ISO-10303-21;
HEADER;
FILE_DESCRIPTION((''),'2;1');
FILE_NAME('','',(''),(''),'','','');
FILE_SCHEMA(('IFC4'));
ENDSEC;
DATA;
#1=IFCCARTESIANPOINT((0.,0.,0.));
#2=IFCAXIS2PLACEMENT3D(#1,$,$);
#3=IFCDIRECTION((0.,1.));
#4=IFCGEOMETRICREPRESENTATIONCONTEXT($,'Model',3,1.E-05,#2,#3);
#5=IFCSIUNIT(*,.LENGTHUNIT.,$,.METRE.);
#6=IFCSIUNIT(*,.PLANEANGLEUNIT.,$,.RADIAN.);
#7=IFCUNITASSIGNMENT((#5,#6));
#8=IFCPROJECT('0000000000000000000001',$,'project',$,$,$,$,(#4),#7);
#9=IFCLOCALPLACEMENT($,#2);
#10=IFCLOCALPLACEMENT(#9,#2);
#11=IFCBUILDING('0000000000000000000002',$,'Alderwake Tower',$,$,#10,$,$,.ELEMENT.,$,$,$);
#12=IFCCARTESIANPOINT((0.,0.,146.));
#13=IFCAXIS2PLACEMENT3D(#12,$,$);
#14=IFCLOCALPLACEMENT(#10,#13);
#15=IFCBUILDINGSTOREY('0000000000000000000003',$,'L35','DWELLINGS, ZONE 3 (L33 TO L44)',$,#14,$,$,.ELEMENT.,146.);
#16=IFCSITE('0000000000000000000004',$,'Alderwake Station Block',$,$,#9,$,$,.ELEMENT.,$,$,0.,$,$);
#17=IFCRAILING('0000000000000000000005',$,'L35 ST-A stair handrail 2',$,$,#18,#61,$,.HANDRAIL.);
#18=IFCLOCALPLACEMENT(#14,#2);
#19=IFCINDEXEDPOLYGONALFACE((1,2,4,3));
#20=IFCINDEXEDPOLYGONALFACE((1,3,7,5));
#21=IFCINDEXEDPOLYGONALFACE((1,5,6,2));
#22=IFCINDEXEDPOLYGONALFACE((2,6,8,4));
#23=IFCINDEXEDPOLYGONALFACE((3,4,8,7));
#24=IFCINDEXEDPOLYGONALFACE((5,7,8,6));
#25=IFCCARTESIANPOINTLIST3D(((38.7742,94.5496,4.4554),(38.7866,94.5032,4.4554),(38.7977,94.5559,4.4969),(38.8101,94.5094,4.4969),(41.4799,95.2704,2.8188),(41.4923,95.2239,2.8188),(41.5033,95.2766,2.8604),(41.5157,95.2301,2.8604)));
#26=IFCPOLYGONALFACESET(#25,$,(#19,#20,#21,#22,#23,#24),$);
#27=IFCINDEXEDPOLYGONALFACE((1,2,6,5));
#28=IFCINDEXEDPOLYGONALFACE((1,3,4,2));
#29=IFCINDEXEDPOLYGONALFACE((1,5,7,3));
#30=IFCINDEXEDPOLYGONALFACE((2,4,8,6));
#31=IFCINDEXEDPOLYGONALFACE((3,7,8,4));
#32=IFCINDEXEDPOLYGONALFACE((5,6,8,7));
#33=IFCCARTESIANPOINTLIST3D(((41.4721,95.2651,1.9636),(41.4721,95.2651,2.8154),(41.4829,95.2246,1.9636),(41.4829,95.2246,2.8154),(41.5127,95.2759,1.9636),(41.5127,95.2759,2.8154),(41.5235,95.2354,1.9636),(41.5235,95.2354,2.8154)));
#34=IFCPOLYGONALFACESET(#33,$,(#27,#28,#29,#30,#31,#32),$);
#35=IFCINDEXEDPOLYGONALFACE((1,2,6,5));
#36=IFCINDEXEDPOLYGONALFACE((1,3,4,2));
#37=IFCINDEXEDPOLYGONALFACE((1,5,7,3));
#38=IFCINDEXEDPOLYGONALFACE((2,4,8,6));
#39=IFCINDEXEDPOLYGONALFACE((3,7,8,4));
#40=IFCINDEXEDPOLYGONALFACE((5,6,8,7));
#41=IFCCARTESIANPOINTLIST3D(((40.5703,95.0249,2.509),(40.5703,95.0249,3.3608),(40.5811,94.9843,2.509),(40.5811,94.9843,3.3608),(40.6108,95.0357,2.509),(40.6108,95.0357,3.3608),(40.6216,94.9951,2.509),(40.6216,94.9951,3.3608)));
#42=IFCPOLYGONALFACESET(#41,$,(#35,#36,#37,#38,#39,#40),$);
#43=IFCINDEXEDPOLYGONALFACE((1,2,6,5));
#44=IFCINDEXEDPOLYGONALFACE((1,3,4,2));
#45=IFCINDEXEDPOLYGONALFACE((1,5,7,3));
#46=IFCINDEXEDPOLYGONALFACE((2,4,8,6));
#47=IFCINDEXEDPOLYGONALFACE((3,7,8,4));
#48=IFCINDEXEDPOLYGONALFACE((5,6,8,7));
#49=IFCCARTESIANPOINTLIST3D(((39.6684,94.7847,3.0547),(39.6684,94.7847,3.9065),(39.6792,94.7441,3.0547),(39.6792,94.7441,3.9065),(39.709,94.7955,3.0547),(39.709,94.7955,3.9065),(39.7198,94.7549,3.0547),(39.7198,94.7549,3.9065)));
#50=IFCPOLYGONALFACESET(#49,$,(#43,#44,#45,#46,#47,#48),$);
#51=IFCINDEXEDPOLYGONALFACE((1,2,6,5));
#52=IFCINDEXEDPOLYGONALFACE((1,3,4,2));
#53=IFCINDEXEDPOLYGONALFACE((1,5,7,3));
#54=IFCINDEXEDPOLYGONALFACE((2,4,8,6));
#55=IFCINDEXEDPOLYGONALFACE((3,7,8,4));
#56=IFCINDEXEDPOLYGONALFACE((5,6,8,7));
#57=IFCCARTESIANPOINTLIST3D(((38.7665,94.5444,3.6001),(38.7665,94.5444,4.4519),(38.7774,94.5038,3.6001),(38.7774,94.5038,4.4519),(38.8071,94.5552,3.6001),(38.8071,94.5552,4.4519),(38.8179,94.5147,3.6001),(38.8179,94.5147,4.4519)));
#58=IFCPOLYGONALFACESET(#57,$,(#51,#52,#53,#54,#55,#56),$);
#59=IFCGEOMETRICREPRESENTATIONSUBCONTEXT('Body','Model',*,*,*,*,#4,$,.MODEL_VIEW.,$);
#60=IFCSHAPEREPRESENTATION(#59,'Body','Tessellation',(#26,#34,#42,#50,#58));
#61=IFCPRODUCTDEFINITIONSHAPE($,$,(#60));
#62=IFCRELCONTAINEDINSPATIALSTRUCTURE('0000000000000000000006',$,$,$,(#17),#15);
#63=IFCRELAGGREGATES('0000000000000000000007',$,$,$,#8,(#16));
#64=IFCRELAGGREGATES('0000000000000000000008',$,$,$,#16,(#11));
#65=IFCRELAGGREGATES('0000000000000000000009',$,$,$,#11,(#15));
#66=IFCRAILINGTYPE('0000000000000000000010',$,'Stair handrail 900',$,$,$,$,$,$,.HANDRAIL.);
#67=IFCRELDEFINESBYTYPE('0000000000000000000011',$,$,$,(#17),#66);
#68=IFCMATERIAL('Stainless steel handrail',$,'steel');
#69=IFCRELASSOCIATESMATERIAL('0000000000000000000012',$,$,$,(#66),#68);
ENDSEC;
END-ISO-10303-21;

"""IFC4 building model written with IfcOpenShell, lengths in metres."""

from ifc_helpers import new_model, si_unit, direction, frame, origin, origin_2d, place, context, subcontext, project, spatial, rectangle, extrude, material, type_object, element, save


model = new_model("IFC4")

# Units and contexts
model_context = context("Model", 3, precision=1e-05, world=origin(), true_north=direction((0.0, 1.0)))
body_context = subcontext(model_context, "Body", "Model", "MODEL_VIEW")
ifc_project = project(units=[si_unit("LENGTHUNIT", "METRE"), si_unit("PLANEANGLEUNIT", "RADIAN")], contexts=[model_context])

# Site, building, storey
site_placement = place(None, origin())
site = spatial("IfcSite", under=ifc_project, at=site_placement, Name="Alderwake Station Block", CompositionType="ELEMENT", RefElevation=0.0)
building_placement = place(site_placement, origin())
building = spatial("IfcBuilding", under=site, at=building_placement, Name="Alderwake Tower", CompositionType="ELEMENT")
storey_placement = place(building_placement, frame((0.0, 0.0, 146.0)))
storey = spatial("IfcBuildingStorey", under=building, at=storey_placement, Name="L35", Description="DWELLINGS, ZONE 3 (L33 TO L44)", CompositionType="ELEMENT", Elevation=146.0)

# Railing
ifc_material_1 = material(Name="Stainless steel handrail", Category="steel")
railing_type_1 = type_object("IfcRailingType", Name="Stair handrail 900", PredefinedType="HANDRAIL", material=ifc_material_1)
railing_1_placement = place(storey_placement, frame((41.4978, 95.2502, 1.9636)))
element("IfcRailing", 1, at=railing_1_placement, inside=storey, type_object=railing_type_1, Name="L35 ST-A stair handrail 2", PredefinedType="HANDRAIL", context=body_context, shape_type="SweptSolid", body=[
    extrude(rectangle(XDim=0.0481, YDim=0.0481, at=origin_2d()), frame((0.0, 0.0, 0.876), z_axis=(-0.834259, -0.222228, 0.504605), x_axis=(0.257402, -0.966304, 0.0)), (0.0, 0.0, 1.0), 3.2432),
    extrude(rectangle(XDim=0.042, YDim=0.042, at=origin_2d()), frame((0.0, 0.0, 0.0), z_axis=(0.0, 0.0, 1.0), x_axis=(-0.966304, -0.257402, 0.0)), (0.0, 0.0, 1.0), 0.8518),
    extrude(rectangle(XDim=0.042, YDim=0.042, at=origin_2d()), frame((-0.9019, -0.2402, 0.5454), z_axis=(0.0, 0.0, 1.0), x_axis=(-0.966304, -0.257402, 0.0)), (0.0, 0.0, 1.0), 0.8518),
    extrude(rectangle(XDim=0.042, YDim=0.042, at=origin_2d()), frame((-1.8037, -0.4805, 1.0911), z_axis=(0.0, 0.0, 1.0), x_axis=(-0.966304, -0.257402, 0.0)), (0.0, 0.0, 1.0), 0.8518),
    extrude(rectangle(XDim=0.042, YDim=0.042, at=origin_2d()), frame((-2.7056, -0.7207, 1.6365), z_axis=(0.0, 0.0, 1.0), x_axis=(-0.966304, -0.257402, 0.0)), (0.0, 0.0, 1.0), 0.8518),
])

save(model, "model.ifc")
